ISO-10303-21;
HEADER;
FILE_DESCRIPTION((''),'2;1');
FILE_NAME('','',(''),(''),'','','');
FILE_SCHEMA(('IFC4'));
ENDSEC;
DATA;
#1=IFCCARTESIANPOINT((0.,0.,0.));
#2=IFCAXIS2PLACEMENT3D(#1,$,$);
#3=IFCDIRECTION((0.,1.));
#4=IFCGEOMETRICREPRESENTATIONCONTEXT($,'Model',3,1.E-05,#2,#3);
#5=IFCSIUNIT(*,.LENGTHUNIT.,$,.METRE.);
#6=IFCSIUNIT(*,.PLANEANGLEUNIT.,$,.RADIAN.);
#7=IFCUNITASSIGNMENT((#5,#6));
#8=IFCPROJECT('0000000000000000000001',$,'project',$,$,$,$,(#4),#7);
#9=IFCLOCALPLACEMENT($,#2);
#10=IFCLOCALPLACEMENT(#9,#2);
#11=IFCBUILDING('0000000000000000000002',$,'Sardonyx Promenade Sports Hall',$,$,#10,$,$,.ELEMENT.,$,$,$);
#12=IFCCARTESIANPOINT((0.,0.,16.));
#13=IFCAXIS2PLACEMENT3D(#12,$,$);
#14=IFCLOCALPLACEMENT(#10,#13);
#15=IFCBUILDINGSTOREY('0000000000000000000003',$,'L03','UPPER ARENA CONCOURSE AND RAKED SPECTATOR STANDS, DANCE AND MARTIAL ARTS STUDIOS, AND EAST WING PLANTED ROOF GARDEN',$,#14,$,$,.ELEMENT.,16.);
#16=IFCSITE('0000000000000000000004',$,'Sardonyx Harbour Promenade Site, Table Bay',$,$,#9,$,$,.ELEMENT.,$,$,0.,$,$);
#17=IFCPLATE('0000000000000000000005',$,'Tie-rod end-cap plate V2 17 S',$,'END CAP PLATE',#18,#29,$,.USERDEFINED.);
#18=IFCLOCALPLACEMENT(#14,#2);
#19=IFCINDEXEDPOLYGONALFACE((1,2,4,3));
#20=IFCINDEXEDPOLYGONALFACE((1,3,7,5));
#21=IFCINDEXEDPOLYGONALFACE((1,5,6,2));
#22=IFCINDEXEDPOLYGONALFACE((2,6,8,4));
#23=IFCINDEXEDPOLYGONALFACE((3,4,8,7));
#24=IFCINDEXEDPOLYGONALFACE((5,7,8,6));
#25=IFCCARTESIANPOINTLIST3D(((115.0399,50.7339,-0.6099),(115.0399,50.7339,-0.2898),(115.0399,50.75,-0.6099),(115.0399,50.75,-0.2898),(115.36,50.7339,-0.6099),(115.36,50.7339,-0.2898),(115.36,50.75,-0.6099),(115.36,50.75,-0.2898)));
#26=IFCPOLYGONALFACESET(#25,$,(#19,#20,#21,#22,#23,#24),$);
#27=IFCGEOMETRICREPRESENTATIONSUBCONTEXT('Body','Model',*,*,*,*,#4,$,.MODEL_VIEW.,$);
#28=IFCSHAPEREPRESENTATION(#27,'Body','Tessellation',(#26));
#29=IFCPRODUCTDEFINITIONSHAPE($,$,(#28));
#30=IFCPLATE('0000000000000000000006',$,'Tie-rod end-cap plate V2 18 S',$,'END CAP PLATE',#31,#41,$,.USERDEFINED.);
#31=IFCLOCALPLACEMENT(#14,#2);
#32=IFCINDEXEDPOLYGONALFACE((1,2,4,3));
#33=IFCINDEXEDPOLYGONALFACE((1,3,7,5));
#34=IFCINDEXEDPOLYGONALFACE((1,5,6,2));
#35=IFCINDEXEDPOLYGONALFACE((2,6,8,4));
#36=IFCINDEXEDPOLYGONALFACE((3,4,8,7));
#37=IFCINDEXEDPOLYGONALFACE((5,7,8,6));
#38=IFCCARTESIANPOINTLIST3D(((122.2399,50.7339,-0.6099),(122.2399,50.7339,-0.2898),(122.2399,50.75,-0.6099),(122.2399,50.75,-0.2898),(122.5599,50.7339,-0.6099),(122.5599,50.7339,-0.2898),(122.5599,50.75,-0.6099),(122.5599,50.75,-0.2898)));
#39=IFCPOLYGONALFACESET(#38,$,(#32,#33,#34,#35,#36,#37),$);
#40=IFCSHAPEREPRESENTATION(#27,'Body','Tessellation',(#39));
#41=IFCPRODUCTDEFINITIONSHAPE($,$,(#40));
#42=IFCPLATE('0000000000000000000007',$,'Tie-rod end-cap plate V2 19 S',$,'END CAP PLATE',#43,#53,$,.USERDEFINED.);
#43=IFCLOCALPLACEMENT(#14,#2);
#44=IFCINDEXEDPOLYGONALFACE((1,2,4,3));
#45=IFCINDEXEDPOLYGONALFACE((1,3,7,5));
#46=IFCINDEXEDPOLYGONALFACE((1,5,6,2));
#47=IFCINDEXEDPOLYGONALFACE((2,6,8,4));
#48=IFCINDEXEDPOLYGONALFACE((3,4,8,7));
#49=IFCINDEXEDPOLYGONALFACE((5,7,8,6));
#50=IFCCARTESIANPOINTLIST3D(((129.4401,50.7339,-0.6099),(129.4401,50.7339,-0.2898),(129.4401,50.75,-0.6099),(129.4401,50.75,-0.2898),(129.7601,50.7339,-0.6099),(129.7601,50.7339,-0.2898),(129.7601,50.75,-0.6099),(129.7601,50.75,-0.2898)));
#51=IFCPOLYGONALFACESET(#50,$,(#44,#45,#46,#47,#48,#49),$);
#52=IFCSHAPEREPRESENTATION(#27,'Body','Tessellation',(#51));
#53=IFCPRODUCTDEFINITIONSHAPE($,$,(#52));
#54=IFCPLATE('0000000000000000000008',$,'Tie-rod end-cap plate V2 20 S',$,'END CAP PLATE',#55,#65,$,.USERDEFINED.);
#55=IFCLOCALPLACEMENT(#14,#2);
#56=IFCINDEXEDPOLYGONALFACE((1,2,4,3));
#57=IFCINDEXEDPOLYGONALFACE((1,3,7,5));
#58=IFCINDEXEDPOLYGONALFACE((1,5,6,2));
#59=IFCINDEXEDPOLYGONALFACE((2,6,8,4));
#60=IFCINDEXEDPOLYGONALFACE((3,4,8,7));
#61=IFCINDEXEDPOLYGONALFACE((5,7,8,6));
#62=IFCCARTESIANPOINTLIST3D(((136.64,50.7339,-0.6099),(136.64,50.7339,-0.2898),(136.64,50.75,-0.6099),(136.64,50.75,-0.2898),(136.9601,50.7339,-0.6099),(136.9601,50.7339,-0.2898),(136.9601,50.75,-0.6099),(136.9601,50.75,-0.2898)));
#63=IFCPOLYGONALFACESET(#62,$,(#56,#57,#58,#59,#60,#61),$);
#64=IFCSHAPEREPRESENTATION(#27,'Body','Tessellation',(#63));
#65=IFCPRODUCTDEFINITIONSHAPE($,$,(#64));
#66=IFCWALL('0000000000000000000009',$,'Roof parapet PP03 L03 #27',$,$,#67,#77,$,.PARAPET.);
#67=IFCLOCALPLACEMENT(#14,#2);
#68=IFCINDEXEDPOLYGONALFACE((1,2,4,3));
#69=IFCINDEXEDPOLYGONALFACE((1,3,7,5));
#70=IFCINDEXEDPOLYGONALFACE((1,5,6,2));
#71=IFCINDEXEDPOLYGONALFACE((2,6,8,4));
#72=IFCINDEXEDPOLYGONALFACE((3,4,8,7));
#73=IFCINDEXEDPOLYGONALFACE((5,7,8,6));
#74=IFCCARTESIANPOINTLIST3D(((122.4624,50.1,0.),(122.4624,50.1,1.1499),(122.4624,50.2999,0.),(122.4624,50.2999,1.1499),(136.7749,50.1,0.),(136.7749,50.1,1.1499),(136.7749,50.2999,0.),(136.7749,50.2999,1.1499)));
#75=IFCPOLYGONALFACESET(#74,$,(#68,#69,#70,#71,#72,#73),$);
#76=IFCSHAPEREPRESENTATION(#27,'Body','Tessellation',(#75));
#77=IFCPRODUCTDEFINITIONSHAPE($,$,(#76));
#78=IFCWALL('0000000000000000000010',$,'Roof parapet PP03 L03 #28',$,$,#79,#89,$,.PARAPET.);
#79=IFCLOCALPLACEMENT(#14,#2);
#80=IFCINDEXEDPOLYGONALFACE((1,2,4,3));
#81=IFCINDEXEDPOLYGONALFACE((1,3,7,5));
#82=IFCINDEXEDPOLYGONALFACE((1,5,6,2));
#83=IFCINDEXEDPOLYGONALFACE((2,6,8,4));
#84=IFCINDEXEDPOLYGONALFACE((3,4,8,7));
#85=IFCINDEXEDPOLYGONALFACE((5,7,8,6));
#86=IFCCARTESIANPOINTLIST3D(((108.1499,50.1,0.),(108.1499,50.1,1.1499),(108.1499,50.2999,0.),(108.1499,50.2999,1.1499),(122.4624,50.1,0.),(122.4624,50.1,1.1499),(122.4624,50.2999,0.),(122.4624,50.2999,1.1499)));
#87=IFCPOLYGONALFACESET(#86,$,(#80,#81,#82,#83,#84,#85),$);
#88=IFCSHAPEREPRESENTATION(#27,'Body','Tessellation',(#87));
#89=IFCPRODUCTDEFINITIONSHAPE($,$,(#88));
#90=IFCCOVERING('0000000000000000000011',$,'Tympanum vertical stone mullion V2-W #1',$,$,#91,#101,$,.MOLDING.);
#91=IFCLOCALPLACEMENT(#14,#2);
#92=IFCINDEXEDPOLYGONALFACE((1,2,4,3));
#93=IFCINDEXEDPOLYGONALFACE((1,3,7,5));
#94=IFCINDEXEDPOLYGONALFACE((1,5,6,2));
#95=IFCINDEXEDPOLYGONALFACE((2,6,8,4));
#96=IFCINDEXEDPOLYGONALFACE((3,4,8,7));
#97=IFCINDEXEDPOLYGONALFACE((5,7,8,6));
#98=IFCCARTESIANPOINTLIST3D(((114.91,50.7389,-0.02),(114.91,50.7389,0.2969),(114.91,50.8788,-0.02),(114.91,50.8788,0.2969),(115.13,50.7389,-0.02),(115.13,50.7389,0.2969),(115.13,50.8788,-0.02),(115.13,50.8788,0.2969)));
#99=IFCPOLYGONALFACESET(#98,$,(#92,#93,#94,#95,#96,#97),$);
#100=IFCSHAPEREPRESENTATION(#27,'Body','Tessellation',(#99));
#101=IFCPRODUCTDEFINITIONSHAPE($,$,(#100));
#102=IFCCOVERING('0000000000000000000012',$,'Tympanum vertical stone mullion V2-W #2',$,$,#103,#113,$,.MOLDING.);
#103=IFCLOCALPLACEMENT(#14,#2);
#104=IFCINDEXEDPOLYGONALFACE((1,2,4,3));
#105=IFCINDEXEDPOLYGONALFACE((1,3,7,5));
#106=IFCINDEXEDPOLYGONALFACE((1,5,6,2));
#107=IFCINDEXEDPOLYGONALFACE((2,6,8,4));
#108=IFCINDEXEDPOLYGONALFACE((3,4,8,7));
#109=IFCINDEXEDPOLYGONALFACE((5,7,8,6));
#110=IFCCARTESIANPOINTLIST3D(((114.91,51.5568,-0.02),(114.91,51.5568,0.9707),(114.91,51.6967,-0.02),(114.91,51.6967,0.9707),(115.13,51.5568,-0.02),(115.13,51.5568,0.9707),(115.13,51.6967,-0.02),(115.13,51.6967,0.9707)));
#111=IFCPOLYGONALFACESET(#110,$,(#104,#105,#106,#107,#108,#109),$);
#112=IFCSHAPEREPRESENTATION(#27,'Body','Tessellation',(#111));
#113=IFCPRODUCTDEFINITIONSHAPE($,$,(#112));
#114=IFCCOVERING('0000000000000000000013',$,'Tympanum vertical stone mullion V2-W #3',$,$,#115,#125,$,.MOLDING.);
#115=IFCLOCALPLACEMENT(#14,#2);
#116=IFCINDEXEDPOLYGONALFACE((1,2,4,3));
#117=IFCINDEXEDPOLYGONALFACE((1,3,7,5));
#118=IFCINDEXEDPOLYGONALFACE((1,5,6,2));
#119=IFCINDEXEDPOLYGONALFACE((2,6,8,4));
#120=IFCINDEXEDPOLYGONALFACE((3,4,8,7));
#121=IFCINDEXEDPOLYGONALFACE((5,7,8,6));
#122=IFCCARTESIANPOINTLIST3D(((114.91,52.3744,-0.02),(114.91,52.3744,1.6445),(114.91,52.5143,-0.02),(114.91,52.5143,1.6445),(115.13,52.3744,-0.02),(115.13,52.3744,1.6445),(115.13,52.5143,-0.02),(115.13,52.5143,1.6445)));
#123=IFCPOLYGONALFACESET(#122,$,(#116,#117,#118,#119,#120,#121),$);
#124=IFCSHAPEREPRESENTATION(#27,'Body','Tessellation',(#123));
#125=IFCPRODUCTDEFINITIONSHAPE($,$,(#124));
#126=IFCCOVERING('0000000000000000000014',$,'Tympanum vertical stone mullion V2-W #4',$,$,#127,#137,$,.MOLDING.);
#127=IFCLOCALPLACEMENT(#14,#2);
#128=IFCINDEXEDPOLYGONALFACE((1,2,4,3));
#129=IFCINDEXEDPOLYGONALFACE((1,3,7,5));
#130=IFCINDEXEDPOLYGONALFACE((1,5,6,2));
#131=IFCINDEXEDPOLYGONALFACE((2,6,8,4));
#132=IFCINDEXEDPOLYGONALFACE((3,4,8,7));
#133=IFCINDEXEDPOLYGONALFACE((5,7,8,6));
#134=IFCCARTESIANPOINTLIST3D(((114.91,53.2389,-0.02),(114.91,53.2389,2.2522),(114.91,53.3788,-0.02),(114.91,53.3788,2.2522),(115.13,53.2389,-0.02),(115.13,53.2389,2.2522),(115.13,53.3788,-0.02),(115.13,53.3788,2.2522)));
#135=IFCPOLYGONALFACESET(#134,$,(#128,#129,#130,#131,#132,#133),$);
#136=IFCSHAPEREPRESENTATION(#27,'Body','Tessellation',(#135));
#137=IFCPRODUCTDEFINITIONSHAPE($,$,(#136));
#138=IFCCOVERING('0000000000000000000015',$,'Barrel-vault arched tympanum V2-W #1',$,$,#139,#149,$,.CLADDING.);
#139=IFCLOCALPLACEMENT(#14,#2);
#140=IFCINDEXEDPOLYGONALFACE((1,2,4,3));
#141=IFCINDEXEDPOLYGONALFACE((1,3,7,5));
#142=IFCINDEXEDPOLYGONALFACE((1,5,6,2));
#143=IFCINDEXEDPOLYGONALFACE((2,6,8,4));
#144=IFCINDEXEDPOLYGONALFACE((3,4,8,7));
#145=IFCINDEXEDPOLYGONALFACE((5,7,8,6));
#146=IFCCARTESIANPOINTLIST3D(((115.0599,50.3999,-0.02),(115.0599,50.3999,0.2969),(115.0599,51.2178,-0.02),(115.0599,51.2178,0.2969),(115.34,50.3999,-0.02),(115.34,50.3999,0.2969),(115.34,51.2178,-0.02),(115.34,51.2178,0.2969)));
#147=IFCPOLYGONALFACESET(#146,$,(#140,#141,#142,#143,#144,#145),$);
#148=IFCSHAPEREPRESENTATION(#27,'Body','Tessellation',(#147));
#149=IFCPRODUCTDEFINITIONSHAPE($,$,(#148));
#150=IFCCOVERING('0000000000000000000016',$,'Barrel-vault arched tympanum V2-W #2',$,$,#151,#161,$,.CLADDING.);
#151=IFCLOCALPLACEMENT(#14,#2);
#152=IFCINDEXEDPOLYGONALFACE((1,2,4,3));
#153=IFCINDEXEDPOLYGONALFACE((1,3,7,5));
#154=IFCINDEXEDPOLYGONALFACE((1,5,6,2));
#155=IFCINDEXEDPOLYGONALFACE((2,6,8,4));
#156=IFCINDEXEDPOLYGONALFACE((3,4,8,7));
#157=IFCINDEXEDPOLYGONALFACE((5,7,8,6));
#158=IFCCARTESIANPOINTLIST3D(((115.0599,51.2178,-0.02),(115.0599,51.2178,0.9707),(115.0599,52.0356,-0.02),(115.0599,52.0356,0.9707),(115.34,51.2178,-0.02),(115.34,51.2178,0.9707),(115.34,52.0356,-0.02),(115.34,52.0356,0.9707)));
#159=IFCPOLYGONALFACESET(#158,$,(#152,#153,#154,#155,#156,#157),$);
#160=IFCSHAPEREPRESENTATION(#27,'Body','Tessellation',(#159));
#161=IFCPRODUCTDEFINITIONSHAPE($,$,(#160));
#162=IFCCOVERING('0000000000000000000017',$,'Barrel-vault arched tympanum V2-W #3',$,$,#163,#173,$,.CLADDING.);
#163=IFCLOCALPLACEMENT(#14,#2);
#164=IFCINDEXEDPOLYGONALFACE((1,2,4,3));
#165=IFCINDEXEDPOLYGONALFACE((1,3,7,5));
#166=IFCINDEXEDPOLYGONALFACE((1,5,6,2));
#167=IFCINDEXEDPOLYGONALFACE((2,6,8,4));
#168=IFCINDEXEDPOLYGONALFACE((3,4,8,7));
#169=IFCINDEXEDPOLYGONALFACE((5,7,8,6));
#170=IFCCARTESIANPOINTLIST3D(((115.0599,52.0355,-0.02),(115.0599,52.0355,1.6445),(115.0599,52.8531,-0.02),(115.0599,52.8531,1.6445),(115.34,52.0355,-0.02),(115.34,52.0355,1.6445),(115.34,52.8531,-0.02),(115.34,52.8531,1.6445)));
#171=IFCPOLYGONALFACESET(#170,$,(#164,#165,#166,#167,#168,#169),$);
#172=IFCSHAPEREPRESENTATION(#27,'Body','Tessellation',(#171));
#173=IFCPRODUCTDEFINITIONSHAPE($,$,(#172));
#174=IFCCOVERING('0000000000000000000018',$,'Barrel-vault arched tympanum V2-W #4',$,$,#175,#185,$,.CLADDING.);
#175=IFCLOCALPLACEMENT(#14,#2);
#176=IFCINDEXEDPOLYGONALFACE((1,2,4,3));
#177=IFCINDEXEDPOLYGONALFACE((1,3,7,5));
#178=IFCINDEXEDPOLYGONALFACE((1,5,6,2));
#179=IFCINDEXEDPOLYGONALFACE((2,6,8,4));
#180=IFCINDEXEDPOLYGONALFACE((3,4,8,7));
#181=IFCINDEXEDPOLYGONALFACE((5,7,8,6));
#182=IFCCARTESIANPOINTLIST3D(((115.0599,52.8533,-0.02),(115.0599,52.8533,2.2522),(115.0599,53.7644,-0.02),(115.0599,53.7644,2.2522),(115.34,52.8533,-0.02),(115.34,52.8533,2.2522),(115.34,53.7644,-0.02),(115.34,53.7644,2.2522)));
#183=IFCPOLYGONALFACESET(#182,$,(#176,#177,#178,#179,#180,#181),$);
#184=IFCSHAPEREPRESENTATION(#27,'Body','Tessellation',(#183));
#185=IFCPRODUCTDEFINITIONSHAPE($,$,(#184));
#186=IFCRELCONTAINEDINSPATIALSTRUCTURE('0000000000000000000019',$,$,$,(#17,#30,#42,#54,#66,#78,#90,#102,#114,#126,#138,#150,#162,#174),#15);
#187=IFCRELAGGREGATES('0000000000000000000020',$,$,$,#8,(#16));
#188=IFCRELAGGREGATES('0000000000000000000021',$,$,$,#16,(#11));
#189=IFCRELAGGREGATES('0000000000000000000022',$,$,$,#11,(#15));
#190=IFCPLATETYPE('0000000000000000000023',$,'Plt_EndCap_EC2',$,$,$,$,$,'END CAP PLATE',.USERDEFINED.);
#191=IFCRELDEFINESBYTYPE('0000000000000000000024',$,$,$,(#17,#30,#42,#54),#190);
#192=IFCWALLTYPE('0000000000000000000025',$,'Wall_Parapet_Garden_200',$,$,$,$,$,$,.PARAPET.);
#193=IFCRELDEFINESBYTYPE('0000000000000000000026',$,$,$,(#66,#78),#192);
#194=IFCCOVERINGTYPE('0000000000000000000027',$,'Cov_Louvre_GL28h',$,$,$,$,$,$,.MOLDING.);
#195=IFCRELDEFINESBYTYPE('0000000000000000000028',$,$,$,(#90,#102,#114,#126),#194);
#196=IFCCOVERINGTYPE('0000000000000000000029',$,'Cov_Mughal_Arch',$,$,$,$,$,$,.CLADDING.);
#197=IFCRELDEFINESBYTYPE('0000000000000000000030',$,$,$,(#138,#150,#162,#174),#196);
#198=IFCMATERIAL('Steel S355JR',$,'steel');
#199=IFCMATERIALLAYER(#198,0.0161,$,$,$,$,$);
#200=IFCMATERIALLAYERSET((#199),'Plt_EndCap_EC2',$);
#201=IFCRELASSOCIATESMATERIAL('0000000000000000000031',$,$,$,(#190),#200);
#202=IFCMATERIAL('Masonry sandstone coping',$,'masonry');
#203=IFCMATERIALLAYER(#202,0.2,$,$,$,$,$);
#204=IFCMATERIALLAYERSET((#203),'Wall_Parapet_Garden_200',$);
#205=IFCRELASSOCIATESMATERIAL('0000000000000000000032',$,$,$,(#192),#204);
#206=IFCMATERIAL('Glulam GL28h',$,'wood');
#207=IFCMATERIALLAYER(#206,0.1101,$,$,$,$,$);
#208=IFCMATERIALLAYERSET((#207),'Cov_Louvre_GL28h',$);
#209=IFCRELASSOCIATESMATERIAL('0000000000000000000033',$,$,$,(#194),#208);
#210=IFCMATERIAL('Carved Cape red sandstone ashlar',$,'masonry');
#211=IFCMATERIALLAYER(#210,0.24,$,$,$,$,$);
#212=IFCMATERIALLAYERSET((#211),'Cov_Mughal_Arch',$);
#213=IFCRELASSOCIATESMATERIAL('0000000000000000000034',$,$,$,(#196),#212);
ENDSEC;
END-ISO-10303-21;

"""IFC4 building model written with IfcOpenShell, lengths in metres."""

from ifc_helpers import new_model, si_unit, direction, frame, frame_2d, origin, origin_2d, place, context, subcontext, project, spatial, rectangle, extrude, material, layer, layer_set, type_object, element, save


model = new_model("IFC4")

# Units and contexts
model_context = context("Model", 3, precision=1e-05, world=origin(), true_north=direction((0.0, 1.0)))
body_context = subcontext(model_context, "Body", "Model", "MODEL_VIEW")
ifc_project = project(units=[si_unit("LENGTHUNIT", "METRE"), si_unit("PLANEANGLEUNIT", "RADIAN")], contexts=[model_context])

# Site, building, storey
site_placement = place(None, origin())
site = spatial("IfcSite", under=ifc_project, at=site_placement, Name="Sardonyx Harbour Promenade Site, Table Bay", CompositionType="ELEMENT", RefElevation=0.0)
building_placement = place(site_placement, origin())
building = spatial("IfcBuilding", under=site, at=building_placement, Name="Sardonyx Promenade Sports Hall", CompositionType="ELEMENT")
storey_placement = place(building_placement, frame((0.0, 0.0, 16.0)))
storey = spatial("IfcBuildingStorey", under=building, at=storey_placement, Name="L03", Description="UPPER ARENA CONCOURSE AND RAKED SPECTATOR STANDS, DANCE AND MARTIAL ARTS STUDIOS, AND EAST WING PLANTED ROOF GARDEN", CompositionType="ELEMENT", Elevation=16.0)

# Plates
ifc_material_1 = material(Name="Steel S355JR", Category="steel")
ifc_layer_1 = layer(ifc_material_1, 0.0161)
ifc_layer_set_1 = layer_set([ifc_layer_1], Name="Plt_EndCap_EC2")
plate_type = type_object("IfcPlateType", Name="Plt_EndCap_EC2", ElementType="END CAP PLATE", PredefinedType="USERDEFINED", material=ifc_layer_set_1)
for number, where, z_axis, x_axis, name in (
    (1, (115.2, 50.7419, -0.6099), (0.0, 0.0, 1.0), (1.0, 0.0, 0.0), "Tie-rod end-cap plate V2 17 S"),
    (2, (122.3999, 50.7419, -0.6099), (0.0, 0.0, 1.0), (1.0, 0.0, 0.0), "Tie-rod end-cap plate V2 18 S"),
    (3, (129.6001, 50.7419, -0.6099), (0.0, 0.0, 1.0), (1.0, 0.0, 0.0), "Tie-rod end-cap plate V2 19 S"),
    (4, (136.8, 50.7419, -0.6099), (0.0, 0.0, 1.0), (1.0, 0.0, 0.0), "Tie-rod end-cap plate V2 20 S"),
):
    element("IfcPlate", number, at=place(storey_placement, frame(where, z_axis=z_axis, x_axis=x_axis)), inside=storey, type_object=plate_type, Name=name, ObjectType="END CAP PLATE", PredefinedType="USERDEFINED", context=body_context, shape_type="SweptSolid", body=[
        extrude(rectangle(XDim=0.3201, YDim=0.0161, at=origin_2d()), origin(), (0.0, 0.0, 1.0), 0.3201),
    ])

# Walls
ifc_material_2 = material(Name="Masonry sandstone coping", Category="masonry")
ifc_layer_2 = layer(ifc_material_2, 0.2)
ifc_layer_set_2 = layer_set([ifc_layer_2], Name="Wall_Parapet_Garden_200")
wall_type = type_object("IfcWallType", Name="Wall_Parapet_Garden_200", PredefinedType="PARAPET", material=ifc_layer_set_2)
for number, where, z_axis, x_axis, name in (
    (5, (136.7749, 50.2, 0.0), (0.0, 0.0, 1.0), (-1.0, 0.0, 0.0), "Roof parapet PP03 L03 #27"),
    (6, (122.4624, 50.2, 0.0), (0.0, 0.0, 1.0), (-1.0, 0.0, 0.0), "Roof parapet PP03 L03 #28"),
):
    element("IfcWall", number, at=place(storey_placement, frame(where, z_axis=z_axis, x_axis=x_axis)), inside=storey, type_object=wall_type, Name=name, PredefinedType="PARAPET", context=body_context, shape_type="SweptSolid", body=[
        extrude(rectangle(XDim=14.3125, YDim=0.2, at=frame_2d((7.1562, 0.0))), origin(), (0.0, 0.0, 1.0), 1.1499),
    ])

# Coverings
ifc_material_3 = material(Name="Glulam GL28h", Category="wood")
ifc_layer_3 = layer(ifc_material_3, 0.1101)
ifc_layer_set_3 = layer_set([ifc_layer_3], Name="Cov_Louvre_GL28h")
covering_type_1 = type_object("IfcCoveringType", Name="Cov_Louvre_GL28h", PredefinedType="MOLDING", material=ifc_layer_set_3)
covering_1_placement = place(storey_placement, frame((115.02, 50.8088, -0.02), z_axis=(0.0, 0.0, 1.0), x_axis=(1.0, 0.0, 0.0)))
element("IfcCovering", 7, at=covering_1_placement, inside=storey, type_object=covering_type_1, Name="Tympanum vertical stone mullion V2-W #1", PredefinedType="MOLDING", context=body_context, shape_type="SweptSolid", body=[
    extrude(rectangle(XDim=0.22, YDim=0.1399, at=origin_2d()), origin(), (0.0, 0.0, 1.0), 0.3169),
])
covering_2_placement = place(storey_placement, frame((115.02, 51.6267, -0.02), z_axis=(0.0, 0.0, 1.0), x_axis=(1.0, 0.0, 0.0)))
element("IfcCovering", 8, at=covering_2_placement, inside=storey, type_object=covering_type_1, Name="Tympanum vertical stone mullion V2-W #2", PredefinedType="MOLDING", context=body_context, shape_type="SweptSolid", body=[
    extrude(rectangle(XDim=0.22, YDim=0.1399, at=origin_2d()), origin(), (0.0, 0.0, 1.0), 0.9907),
])
covering_3_placement = place(storey_placement, frame((115.02, 52.4443, -0.02), z_axis=(0.0, 0.0, 1.0), x_axis=(1.0, 0.0, 0.0)))
element("IfcCovering", 9, at=covering_3_placement, inside=storey, type_object=covering_type_1, Name="Tympanum vertical stone mullion V2-W #3", PredefinedType="MOLDING", context=body_context, shape_type="SweptSolid", body=[
    extrude(rectangle(XDim=0.22, YDim=0.1399, at=origin_2d()), origin(), (0.0, 0.0, 1.0), 1.6646),
])
covering_4_placement = place(storey_placement, frame((115.02, 53.3088, -0.02), z_axis=(0.0, 0.0, 1.0), x_axis=(1.0, 0.0, 0.0)))
element("IfcCovering", 10, at=covering_4_placement, inside=storey, type_object=covering_type_1, Name="Tympanum vertical stone mullion V2-W #4", PredefinedType="MOLDING", context=body_context, shape_type="SweptSolid", body=[
    extrude(rectangle(XDim=0.22, YDim=0.1399, at=origin_2d()), origin(), (0.0, 0.0, 1.0), 2.2722),
])
ifc_material_4 = material(Name="Carved Cape red sandstone ashlar", Category="masonry")
ifc_layer_4 = layer(ifc_material_4, 0.24)
ifc_layer_set_4 = layer_set([ifc_layer_4], Name="Cov_Mughal_Arch")
covering_type_2 = type_object("IfcCoveringType", Name="Cov_Mughal_Arch", PredefinedType="CLADDING", material=ifc_layer_set_4)
covering_5_placement = place(storey_placement, frame((115.2, 50.3999, -0.02), z_axis=(0.0, 0.0, 1.0), x_axis=(0.0, 1.0, 0.0)))
element("IfcCovering", 11, at=covering_5_placement, inside=storey, type_object=covering_type_2, Name="Barrel-vault arched tympanum V2-W #1", PredefinedType="CLADDING", context=body_context, shape_type="SweptSolid", body=[
    extrude(rectangle(XDim=0.8179, YDim=0.28, at=frame_2d((0.4089, 0.0))), origin(), (0.0, 0.0, 1.0), 0.3169),
])
covering_6_placement = place(storey_placement, frame((115.2, 51.2178, -0.02), z_axis=(0.0, 0.0, 1.0), x_axis=(0.0, 1.0, 0.0)))
element("IfcCovering", 12, at=covering_6_placement, inside=storey, type_object=covering_type_2, Name="Barrel-vault arched tympanum V2-W #2", PredefinedType="CLADDING", context=body_context, shape_type="SweptSolid", body=[
    extrude(rectangle(XDim=0.8179, YDim=0.28, at=frame_2d((0.4089, 0.0))), origin(), (0.0, 0.0, 1.0), 0.9907),
])
covering_7_placement = place(storey_placement, frame((115.2, 52.0356, -0.02), z_axis=(0.0, 0.0, 1.0), x_axis=(0.0, 1.0, 0.0)))
element("IfcCovering", 13, at=covering_7_placement, inside=storey, type_object=covering_type_2, Name="Barrel-vault arched tympanum V2-W #3", PredefinedType="CLADDING", context=body_context, shape_type="SweptSolid", body=[
    extrude(rectangle(XDim=0.8176, YDim=0.28, at=frame_2d((0.4087, 0.0))), origin(), (0.0, 0.0, 1.0), 1.6646),
])
covering_8_placement = place(storey_placement, frame((115.2, 52.8533, -0.02), z_axis=(0.0, 0.0, 1.0), x_axis=(0.0, 1.0, 0.0)))
element("IfcCovering", 14, at=covering_8_placement, inside=storey, type_object=covering_type_2, Name="Barrel-vault arched tympanum V2-W #4", PredefinedType="CLADDING", context=body_context, shape_type="SweptSolid", body=[
    extrude(rectangle(XDim=0.9111, YDim=0.28, at=frame_2d((0.4556, 0.0))), origin(), (0.0, 0.0, 1.0), 2.2722),
])

save(model, "model.ifc")
